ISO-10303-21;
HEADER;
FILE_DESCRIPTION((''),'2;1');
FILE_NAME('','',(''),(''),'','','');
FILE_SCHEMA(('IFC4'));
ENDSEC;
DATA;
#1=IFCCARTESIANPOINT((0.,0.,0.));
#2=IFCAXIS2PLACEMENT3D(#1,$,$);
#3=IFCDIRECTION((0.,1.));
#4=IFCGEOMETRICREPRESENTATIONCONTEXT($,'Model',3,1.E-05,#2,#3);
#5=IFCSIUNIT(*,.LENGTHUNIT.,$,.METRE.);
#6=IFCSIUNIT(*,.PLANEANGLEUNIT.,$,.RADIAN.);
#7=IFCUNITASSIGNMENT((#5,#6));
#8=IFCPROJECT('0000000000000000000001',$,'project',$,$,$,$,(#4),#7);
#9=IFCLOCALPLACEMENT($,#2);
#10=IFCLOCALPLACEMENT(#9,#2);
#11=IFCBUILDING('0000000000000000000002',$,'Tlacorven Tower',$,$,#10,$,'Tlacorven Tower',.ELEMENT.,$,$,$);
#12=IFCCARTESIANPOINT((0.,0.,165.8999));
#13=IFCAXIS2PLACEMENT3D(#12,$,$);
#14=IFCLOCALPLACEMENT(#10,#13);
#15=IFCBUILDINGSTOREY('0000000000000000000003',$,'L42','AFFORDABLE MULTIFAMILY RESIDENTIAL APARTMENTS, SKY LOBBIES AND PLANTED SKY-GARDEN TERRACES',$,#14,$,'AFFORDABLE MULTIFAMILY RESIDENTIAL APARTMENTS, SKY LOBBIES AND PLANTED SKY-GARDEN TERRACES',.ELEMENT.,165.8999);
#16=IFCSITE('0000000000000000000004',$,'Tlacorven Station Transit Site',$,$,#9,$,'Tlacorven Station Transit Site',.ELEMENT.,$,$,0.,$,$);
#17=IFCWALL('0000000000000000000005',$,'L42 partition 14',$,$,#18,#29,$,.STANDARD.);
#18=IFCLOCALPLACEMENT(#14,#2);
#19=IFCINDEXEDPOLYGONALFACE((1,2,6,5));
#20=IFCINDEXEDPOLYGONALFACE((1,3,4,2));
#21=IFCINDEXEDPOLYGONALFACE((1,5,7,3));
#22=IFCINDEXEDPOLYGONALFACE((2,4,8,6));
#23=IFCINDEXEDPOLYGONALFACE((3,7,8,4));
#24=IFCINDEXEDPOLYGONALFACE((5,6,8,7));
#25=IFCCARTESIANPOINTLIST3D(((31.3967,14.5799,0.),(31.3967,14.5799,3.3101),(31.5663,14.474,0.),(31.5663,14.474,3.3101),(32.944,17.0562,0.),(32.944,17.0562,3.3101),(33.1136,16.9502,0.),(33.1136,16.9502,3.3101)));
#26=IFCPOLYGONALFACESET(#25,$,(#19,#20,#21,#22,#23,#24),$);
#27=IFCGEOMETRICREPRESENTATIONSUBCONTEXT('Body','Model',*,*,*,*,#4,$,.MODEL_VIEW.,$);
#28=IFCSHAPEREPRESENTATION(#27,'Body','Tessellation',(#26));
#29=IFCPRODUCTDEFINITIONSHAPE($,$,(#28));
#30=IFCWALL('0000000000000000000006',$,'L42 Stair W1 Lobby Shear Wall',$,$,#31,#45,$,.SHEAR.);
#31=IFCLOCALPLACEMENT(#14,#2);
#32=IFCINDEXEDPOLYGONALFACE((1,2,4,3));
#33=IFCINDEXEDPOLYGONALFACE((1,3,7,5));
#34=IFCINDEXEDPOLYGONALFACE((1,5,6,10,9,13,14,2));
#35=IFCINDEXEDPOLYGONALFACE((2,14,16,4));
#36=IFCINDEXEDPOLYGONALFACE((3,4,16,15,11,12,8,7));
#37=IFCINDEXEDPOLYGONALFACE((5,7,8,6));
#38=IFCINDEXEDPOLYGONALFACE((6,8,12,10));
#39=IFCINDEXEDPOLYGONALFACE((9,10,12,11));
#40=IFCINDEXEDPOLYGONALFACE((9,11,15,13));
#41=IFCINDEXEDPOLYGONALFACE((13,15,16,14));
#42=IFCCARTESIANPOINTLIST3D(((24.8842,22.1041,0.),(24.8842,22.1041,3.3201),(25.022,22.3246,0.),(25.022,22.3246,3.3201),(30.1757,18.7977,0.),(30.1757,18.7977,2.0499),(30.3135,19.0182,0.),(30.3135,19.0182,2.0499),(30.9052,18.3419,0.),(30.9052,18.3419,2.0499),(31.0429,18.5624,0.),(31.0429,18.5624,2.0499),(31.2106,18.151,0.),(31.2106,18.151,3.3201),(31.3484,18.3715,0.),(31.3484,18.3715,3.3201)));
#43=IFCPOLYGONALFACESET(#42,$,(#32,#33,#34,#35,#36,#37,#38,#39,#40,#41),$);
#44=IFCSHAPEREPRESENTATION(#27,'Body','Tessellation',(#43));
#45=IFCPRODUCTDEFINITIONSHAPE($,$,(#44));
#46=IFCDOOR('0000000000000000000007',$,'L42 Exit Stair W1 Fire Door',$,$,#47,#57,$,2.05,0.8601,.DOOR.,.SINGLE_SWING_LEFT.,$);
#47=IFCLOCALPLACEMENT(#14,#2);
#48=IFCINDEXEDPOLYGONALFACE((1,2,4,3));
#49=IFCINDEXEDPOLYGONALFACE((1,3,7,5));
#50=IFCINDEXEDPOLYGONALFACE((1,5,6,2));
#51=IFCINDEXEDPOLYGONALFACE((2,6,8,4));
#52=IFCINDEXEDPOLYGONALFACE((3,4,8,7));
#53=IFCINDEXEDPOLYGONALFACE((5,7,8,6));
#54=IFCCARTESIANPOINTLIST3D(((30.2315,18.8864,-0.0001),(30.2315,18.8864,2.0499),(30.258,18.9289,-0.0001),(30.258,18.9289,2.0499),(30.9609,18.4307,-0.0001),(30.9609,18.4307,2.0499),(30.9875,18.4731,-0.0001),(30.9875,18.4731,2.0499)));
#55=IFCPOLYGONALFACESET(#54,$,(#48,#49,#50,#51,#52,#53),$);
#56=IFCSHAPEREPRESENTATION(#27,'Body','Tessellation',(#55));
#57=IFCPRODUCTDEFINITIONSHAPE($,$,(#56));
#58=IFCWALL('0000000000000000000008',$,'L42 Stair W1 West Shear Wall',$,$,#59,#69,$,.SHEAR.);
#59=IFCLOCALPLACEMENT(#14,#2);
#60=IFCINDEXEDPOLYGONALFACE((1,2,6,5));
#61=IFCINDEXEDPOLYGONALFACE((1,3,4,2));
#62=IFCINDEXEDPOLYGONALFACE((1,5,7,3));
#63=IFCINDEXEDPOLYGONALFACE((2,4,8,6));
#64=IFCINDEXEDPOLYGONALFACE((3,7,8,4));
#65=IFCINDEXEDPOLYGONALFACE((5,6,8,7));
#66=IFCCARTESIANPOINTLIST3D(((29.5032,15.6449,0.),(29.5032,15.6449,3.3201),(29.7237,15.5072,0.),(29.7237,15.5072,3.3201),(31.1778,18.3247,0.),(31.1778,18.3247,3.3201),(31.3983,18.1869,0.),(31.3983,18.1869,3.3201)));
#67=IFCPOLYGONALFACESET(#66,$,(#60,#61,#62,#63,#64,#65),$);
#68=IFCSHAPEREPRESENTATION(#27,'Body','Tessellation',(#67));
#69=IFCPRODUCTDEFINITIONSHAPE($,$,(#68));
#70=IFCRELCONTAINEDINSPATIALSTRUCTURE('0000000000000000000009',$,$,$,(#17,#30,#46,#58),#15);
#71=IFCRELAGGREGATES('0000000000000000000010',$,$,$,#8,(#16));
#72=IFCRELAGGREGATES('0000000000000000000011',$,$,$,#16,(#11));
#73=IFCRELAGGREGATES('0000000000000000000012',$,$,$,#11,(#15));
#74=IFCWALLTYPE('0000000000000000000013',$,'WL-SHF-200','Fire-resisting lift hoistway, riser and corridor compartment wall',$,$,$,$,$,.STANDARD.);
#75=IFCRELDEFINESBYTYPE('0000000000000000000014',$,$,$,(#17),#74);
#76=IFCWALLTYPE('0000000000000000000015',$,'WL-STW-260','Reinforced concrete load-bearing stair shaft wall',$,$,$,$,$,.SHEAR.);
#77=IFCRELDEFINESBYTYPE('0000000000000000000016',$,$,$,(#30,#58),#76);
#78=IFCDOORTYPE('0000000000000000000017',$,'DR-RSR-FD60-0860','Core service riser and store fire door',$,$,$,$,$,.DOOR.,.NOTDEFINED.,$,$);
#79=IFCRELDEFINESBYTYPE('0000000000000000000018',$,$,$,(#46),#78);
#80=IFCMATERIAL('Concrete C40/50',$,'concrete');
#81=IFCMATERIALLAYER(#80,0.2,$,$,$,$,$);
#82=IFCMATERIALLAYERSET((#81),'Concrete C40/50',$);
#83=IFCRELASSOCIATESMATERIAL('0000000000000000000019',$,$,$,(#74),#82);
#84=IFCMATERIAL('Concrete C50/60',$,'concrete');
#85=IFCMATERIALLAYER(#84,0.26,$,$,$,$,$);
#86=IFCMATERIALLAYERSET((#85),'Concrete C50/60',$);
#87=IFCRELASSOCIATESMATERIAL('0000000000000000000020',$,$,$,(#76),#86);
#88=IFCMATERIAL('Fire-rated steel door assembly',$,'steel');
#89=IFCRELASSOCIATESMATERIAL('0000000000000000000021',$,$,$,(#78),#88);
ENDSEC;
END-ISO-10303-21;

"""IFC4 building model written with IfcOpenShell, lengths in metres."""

from ifc_helpers import new_model, si_unit, direction, frame, frame_2d, origin, place, context, subcontext, project, spatial, rectangle, extrude, source, transform, mapped, material, layer, layer_set, type_object, element, fill, save


model = new_model("IFC4")

# Units and contexts
model_context = context("Model", 3, precision=1e-05, world=origin(), true_north=direction((0.0, 1.0)))
body_context = subcontext(model_context, "Body", "Model", "MODEL_VIEW")
ifc_project = project(units=[si_unit("LENGTHUNIT", "METRE"), si_unit("PLANEANGLEUNIT", "RADIAN")], contexts=[model_context])

# Site, building, storey
site_placement = place(None, origin())
site = spatial("IfcSite", under=ifc_project, at=site_placement, Name="Tlacorven Station Transit Site", LongName="Tlacorven Station Transit Site", CompositionType="ELEMENT", RefElevation=0.0)
building_placement = place(site_placement, origin())
building = spatial("IfcBuilding", under=site, at=building_placement, Name="Tlacorven Tower", LongName="Tlacorven Tower", CompositionType="ELEMENT")
storey_placement = place(building_placement, frame((0.0, 0.0, 165.8999)))
storey = spatial("IfcBuildingStorey", under=building, at=storey_placement, Name="L42", Description="AFFORDABLE MULTIFAMILY RESIDENTIAL APARTMENTS, SKY LOBBIES AND PLANTED SKY-GARDEN TERRACES", LongName="AFFORDABLE MULTIFAMILY RESIDENTIAL APARTMENTS, SKY LOBBIES AND PLANTED SKY-GARDEN TERRACES", CompositionType="ELEMENT", Elevation=165.8999)

# Shared definitions
ifc_material_1 = material(Name="Fire-rated steel door assembly", Category="steel")

# Wall
ifc_material_2 = material(Name="Concrete C40/50", Category="concrete")
ifc_layer_1 = layer(ifc_material_2, 0.2)
ifc_layer_set_1 = layer_set([ifc_layer_1], Name="Concrete C40/50")
wall_type_1 = type_object("IfcWallType", Name="WL-SHF-200", Description="Fire-resisting lift hoistway, riser and corridor compartment wall", PredefinedType="STANDARD", material=ifc_layer_set_1)
wall_1_placement = place(storey_placement, frame((33.0288, 17.0032, 0.0), z_axis=(0.0, 0.0, 1.0), x_axis=(-0.529916, -0.84805, 0.0)))
element("IfcWall", 1, at=wall_1_placement, inside=storey, type_object=wall_type_1, Name="L42 partition 14", PredefinedType="STANDARD", context=body_context, shape_type="SweptSolid", body=[
    extrude(rectangle(XDim=2.9199, YDim=0.2, at=frame_2d((1.46, 0.0))), origin(), (0.0, 0.0, 1.0), 3.3101),
])

# Wall, opening, door
ifc_material_3 = material(Name="Concrete C50/60", Category="concrete")
ifc_layer_2 = layer(ifc_material_3, 0.26)
ifc_layer_set_2 = layer_set([ifc_layer_2], Name="Concrete C50/60")
wall_type_2 = type_object("IfcWallType", Name="WL-STW-260", Description="Reinforced concrete load-bearing stair shaft wall", PredefinedType="SHEAR", material=ifc_layer_set_2)
wall_2_placement = place(storey_placement, frame((31.2795, 18.2612, 0.0), z_axis=(0.0, 0.0, 1.0), x_axis=(-0.848052, 0.529914, 0.0)))
wall_2 = element("IfcWall", 2, at=wall_2_placement, inside=storey, type_object=wall_type_2, Name="L42 Stair W1 Lobby Shear Wall", PredefinedType="SHEAR", context=body_context, shape_type="SweptSolid", body=[
    extrude(rectangle(XDim=7.46, YDim=0.26, at=frame_2d((3.73, 0.0))), origin(), (0.0, 0.0, 1.0), 3.3201),
])
opening_1_placement = place(wall_2_placement, frame((0.3601, 0.0, 0.0)))
opening_1 = element("IfcOpeningElement", 3, at=opening_1_placement, cuts=wall_2, PredefinedType="OPENING", context=body_context, shape_type="SweptSolid", body=[
    extrude(rectangle(XDim=0.8601, YDim=2.05, at=frame_2d((0.4302, 1.0249))), frame((0.0, 0.1401, 0.0), z_axis=(0.0, -1.0, 0.0), x_axis=(1.0, 0.0, 0.0)), (0.0, 0.0, 1.0), 0.28),
])
door_type_1 = type_object("IfcDoorType", Name="DR-RSR-FD60-0860", Description="Core service riser and store fire door", OperationType="NOTDEFINED", PredefinedType="DOOR", material=ifc_material_1)
shared_shape_1 = source(origin(), body_context, "Body", "SweptSolid", [
    extrude(rectangle(XDim=0.8601, YDim=2.05, at=frame_2d((0.4302, 1.0249))), frame((0.0, 0.0249, 0.0), z_axis=(0.0, -1.0, 0.0), x_axis=(1.0, 0.0, 0.0)), (0.0, 0.0, 1.0), 0.05),
])
door_1_placement = place(opening_1_placement, frame((0.8601, 0.0, 0.0), z_axis=(0.0, 0.0, 1.0), x_axis=(-1.0, 0.0, 0.0)))
door_1 = element("IfcDoor", 4, at=door_1_placement, inside=storey, type_object=door_type_1, Name="L42 Exit Stair W1 Fire Door", OperationType="SINGLE_SWING_LEFT", OverallHeight=2.05, OverallWidth=0.8601, PredefinedType="DOOR", context=body_context, shape_type="MappedRepresentation", body=[
    mapped(shared_shape_1, transform((0.0, 0.0, 0.0), scale=1.0)),
])
fill(opening_1, door_1)

# Wall
wall_3_placement = place(storey_placement, frame((31.2881, 18.2559, 0.0), z_axis=(0.0, 0.0, 1.0), x_axis=(-0.529943, -0.848033, 0.0)))
element("IfcWall", 5, at=wall_3_placement, inside=storey, type_object=wall_type_2, Name="L42 Stair W1 West Shear Wall", PredefinedType="SHEAR", context=body_context, shape_type="SweptSolid", body=[
    extrude(rectangle(XDim=3.1599, YDim=0.26, at=frame_2d((1.5801, 0.0))), origin(), (0.0, 0.0, 1.0), 3.3201),
])

save(model, "model.ifc")
